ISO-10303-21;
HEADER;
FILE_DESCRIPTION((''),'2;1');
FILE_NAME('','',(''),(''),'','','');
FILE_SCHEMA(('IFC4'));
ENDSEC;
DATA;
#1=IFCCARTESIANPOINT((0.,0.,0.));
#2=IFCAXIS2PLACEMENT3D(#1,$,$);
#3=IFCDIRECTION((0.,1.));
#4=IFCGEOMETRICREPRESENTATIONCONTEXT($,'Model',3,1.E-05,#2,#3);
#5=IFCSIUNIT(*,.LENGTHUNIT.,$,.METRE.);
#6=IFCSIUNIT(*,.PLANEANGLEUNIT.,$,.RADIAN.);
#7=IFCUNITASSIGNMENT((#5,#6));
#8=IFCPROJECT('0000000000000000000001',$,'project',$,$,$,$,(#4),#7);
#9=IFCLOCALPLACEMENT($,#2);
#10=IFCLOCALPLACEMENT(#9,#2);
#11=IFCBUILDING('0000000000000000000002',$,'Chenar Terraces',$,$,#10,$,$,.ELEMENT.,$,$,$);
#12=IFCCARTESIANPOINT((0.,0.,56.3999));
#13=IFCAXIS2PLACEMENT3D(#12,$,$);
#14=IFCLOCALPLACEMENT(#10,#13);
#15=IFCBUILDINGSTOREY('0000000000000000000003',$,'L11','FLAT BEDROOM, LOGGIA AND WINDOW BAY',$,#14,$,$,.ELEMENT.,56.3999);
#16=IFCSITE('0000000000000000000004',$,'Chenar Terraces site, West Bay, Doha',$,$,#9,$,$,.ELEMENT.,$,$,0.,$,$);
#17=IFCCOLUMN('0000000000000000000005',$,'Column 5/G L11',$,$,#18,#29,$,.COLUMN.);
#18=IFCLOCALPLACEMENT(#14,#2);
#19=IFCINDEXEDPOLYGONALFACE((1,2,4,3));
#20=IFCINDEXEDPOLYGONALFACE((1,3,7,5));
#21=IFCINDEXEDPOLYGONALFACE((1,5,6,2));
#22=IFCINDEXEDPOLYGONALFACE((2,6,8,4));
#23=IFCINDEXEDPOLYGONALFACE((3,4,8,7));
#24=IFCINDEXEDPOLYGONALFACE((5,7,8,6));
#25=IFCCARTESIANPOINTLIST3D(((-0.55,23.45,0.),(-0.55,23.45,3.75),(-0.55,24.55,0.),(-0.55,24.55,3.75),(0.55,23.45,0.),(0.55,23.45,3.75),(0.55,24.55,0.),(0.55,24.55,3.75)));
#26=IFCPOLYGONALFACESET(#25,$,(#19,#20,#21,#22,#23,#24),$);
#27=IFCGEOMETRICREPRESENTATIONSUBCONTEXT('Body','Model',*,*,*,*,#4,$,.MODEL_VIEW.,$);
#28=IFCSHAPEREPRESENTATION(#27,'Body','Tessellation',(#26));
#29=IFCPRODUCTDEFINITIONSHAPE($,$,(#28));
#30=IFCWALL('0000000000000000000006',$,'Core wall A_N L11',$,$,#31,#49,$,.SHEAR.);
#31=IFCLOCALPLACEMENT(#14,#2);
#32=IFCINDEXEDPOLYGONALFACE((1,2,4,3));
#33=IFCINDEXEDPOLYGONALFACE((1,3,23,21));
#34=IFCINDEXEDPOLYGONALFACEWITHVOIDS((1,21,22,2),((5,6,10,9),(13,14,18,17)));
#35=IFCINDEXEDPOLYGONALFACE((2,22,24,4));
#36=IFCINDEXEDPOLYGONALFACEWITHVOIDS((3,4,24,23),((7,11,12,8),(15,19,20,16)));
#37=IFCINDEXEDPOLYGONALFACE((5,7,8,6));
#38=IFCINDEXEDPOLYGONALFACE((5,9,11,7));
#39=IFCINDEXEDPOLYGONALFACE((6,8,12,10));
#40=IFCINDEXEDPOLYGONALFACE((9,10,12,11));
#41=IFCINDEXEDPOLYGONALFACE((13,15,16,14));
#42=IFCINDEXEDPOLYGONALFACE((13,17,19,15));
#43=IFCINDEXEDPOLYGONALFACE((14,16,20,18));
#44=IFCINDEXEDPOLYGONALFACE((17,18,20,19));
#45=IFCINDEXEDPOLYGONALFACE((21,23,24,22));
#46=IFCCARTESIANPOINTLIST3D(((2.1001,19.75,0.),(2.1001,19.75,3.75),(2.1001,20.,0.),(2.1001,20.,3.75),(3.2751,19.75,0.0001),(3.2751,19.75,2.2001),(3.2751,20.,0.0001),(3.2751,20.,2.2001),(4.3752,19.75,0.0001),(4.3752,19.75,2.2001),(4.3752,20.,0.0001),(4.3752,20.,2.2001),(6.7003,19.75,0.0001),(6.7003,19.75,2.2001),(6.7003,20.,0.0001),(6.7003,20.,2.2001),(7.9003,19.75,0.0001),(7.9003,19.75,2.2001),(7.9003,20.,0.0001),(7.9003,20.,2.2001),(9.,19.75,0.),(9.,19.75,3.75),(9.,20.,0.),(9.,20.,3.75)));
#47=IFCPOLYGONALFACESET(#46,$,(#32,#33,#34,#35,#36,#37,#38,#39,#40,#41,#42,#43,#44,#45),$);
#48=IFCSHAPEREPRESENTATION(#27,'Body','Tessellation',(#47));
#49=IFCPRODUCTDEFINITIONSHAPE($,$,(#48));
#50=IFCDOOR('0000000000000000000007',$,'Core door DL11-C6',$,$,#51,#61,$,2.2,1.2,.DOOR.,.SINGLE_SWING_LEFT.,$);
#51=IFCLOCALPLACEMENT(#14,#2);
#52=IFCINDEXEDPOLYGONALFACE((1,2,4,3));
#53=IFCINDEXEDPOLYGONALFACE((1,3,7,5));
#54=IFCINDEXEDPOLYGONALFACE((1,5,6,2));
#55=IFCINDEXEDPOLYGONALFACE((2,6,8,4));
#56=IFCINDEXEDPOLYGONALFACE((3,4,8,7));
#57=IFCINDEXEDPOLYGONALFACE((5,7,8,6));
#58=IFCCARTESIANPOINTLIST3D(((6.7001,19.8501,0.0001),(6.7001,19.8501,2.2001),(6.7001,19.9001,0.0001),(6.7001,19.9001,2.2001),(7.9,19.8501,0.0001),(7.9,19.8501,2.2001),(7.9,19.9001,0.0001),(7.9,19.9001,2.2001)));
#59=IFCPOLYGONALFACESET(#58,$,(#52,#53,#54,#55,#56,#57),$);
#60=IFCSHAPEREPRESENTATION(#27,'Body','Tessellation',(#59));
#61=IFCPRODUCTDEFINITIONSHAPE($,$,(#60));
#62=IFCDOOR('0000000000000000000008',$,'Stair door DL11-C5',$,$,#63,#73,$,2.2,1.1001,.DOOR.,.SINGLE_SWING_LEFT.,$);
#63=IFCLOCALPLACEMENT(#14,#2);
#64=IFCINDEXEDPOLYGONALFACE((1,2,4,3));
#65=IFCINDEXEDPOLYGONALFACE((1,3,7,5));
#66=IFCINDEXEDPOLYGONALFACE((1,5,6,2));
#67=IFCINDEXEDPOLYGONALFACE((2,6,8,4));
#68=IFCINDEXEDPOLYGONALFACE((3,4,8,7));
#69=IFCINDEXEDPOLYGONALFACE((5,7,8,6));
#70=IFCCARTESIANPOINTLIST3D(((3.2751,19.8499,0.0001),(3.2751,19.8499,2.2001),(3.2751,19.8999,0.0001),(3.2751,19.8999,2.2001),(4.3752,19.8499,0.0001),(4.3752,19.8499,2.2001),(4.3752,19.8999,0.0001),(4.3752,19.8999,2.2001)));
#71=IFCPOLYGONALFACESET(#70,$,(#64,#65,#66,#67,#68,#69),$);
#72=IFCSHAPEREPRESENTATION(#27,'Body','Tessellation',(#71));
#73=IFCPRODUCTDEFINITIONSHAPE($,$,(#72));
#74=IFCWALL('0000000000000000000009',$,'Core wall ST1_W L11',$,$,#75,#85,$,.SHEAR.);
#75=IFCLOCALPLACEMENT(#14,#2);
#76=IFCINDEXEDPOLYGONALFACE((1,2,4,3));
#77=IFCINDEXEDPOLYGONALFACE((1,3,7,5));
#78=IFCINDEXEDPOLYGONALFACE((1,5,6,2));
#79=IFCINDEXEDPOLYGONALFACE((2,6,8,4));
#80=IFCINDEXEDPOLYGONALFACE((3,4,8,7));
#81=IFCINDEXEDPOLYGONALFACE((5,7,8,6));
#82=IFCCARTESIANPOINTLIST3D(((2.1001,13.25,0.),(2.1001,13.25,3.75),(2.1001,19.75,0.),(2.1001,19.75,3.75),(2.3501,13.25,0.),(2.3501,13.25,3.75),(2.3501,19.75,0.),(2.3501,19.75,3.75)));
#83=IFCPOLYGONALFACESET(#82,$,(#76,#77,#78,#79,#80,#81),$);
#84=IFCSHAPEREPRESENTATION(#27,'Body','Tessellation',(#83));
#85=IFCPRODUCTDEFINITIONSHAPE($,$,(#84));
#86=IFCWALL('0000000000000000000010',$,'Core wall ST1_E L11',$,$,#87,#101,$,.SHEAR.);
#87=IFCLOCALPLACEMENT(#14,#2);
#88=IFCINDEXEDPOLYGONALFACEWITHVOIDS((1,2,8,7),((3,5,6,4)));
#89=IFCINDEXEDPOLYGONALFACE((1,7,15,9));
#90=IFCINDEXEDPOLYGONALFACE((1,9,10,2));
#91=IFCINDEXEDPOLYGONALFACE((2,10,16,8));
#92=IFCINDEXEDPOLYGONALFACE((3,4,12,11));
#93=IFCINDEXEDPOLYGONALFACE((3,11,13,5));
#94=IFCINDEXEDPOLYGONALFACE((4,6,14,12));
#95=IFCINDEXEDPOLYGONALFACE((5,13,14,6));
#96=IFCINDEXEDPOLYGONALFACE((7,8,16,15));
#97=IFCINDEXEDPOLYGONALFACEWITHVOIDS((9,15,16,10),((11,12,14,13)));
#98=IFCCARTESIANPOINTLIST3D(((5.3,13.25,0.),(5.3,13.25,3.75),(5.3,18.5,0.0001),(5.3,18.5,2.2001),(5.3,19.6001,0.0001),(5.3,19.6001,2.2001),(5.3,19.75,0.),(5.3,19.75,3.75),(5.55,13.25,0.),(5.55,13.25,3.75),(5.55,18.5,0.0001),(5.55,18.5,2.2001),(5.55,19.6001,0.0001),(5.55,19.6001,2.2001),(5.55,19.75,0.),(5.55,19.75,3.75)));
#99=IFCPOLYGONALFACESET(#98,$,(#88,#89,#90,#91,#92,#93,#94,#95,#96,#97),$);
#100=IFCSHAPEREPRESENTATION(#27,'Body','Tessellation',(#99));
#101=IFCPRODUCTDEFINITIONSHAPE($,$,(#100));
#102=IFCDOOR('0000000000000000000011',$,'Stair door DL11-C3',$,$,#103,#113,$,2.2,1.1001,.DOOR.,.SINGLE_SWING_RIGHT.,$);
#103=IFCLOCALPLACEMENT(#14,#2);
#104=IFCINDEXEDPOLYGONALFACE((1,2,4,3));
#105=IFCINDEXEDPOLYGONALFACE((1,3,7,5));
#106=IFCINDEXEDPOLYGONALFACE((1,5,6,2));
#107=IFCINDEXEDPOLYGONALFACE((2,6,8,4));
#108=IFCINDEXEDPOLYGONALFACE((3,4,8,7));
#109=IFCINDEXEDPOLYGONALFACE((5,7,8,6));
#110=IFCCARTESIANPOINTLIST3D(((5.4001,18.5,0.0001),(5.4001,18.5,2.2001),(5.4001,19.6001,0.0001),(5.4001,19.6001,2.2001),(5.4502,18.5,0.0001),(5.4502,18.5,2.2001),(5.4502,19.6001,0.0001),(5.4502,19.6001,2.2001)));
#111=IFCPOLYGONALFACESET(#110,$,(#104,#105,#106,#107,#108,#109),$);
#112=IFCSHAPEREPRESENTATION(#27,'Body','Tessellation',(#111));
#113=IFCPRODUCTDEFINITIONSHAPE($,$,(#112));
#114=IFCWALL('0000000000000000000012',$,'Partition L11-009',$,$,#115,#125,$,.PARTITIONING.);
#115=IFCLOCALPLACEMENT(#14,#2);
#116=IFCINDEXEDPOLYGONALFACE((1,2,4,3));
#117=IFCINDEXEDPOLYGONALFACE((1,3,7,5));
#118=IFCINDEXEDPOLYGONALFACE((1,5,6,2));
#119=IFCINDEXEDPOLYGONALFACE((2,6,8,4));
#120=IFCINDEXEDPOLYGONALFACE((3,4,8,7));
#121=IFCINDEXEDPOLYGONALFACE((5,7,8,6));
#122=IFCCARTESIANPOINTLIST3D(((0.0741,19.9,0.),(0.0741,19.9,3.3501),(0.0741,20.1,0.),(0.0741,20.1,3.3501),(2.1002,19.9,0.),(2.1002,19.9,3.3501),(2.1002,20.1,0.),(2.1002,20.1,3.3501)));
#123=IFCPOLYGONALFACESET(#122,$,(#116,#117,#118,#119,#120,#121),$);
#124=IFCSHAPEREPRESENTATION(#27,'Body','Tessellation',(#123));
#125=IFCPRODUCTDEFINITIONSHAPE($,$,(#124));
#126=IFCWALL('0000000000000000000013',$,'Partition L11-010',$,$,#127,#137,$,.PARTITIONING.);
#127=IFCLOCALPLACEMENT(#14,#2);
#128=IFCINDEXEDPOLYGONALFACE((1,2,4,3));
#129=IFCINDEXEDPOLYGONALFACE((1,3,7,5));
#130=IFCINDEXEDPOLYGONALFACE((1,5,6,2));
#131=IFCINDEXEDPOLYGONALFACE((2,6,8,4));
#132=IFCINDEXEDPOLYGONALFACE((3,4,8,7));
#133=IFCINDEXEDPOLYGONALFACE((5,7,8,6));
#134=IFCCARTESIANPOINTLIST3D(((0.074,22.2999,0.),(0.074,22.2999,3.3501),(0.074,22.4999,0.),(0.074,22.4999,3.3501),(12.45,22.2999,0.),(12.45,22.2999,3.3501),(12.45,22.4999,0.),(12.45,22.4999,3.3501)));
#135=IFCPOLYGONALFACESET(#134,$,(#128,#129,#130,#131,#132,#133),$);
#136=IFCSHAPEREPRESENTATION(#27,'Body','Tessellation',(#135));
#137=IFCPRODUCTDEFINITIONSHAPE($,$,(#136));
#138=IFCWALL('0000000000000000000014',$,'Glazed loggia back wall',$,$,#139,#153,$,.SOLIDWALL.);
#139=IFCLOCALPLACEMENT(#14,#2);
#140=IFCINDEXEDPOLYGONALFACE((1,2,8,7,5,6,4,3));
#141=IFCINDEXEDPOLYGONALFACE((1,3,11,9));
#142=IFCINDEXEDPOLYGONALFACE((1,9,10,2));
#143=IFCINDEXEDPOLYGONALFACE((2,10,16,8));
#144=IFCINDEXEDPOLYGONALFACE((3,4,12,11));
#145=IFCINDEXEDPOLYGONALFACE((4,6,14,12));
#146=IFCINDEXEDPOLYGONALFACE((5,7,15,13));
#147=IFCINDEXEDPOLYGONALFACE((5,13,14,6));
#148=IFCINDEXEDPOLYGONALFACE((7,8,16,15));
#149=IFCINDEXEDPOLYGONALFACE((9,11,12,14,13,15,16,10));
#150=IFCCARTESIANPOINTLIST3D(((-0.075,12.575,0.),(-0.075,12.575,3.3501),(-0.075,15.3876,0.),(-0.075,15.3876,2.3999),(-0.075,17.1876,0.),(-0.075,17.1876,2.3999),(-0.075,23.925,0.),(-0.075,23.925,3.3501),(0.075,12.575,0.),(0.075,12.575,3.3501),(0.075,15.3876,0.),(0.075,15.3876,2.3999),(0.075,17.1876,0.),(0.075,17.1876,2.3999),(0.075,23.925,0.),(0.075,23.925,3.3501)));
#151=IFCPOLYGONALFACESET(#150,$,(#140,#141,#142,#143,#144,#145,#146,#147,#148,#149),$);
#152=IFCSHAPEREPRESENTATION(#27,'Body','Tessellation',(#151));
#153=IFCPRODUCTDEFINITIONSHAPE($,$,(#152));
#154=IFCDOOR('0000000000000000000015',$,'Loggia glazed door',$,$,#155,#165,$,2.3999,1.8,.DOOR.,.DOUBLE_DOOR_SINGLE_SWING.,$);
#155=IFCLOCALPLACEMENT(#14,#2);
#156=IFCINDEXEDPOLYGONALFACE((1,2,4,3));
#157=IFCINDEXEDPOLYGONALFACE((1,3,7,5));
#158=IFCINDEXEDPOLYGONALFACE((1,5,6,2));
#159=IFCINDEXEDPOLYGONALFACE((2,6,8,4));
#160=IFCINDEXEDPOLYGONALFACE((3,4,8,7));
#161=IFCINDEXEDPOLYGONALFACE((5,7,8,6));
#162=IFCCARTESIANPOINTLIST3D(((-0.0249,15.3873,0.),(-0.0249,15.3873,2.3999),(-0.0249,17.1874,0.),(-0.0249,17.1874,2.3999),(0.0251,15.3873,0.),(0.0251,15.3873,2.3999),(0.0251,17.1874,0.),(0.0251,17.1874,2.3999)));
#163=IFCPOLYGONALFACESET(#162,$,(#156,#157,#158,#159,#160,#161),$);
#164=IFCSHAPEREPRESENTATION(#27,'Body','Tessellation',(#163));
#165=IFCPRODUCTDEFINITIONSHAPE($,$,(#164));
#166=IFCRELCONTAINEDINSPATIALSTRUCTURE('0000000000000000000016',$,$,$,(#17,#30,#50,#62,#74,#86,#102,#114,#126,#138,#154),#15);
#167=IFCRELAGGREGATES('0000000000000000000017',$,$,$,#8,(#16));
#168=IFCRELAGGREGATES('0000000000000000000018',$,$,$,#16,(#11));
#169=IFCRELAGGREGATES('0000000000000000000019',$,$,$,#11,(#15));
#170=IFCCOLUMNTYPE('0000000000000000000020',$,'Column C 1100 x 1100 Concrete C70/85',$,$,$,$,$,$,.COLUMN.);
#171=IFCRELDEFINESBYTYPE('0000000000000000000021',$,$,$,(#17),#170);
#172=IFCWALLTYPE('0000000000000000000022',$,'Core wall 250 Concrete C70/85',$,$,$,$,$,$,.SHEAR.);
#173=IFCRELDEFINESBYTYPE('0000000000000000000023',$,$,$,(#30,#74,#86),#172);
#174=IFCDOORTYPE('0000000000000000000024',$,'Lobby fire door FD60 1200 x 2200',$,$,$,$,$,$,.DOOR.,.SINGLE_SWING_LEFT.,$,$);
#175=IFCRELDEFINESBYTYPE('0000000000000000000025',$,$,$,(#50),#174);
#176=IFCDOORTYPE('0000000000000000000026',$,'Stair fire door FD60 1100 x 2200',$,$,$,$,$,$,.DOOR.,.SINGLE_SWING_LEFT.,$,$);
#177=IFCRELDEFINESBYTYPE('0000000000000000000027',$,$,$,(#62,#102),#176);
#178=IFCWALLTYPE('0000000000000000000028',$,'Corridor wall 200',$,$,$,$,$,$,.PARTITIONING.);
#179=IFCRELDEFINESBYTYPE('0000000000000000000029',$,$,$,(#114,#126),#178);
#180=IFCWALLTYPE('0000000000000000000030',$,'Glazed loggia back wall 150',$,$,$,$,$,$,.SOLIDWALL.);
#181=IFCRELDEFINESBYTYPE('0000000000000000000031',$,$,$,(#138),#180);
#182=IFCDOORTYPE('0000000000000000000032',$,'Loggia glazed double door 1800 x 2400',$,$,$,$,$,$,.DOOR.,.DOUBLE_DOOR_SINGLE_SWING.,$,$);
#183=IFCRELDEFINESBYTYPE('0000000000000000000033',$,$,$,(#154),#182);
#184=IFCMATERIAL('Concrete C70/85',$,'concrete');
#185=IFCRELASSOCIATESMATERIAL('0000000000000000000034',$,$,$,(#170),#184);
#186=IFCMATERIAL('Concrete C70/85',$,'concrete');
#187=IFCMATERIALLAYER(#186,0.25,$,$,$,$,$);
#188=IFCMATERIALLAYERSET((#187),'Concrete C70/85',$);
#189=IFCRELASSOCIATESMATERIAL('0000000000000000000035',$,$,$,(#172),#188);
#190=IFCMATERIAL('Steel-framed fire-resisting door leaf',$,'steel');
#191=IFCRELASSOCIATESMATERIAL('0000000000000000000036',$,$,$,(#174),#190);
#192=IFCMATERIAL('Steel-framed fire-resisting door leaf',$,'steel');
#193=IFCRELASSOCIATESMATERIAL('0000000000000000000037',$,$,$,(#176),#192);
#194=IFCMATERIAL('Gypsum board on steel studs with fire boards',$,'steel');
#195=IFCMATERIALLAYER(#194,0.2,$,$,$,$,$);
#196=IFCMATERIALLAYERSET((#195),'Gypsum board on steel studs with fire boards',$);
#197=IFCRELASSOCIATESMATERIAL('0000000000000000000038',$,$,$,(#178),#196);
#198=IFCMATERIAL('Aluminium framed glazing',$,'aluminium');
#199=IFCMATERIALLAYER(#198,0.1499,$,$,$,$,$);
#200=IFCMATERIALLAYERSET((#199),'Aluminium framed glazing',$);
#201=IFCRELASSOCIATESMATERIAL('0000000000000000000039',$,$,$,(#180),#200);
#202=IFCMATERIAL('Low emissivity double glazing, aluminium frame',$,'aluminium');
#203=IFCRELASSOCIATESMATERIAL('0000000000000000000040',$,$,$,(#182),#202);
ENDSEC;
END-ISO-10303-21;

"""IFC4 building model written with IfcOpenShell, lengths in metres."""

from ifc_helpers import new_model, si_unit, direction, frame, frame_2d, origin, origin_2d, place, context, subcontext, project, spatial, rectangle, extrude, material, layer, layer_set, material_profile, profile_set, type_object, element, fill, save


model = new_model("IFC4")

# Units and contexts
model_context = context("Model", 3, precision=1e-05, world=origin(), true_north=direction((0.0, 1.0)))
body_context = subcontext(model_context, "Body", "Model", "MODEL_VIEW")
ifc_project = project(units=[si_unit("LENGTHUNIT", "METRE"), si_unit("PLANEANGLEUNIT", "RADIAN")], contexts=[model_context])

# Site, building, storey
site_placement = place(None, origin())
site = spatial("IfcSite", under=ifc_project, at=site_placement, Name="Chenar Terraces site, West Bay, Doha", CompositionType="ELEMENT", RefElevation=0.0)
building_placement = place(site_placement, origin())
building = spatial("IfcBuilding", under=site, at=building_placement, Name="Chenar Terraces", CompositionType="ELEMENT")
storey_placement = place(building_placement, frame((0.0, 0.0, 56.3999)))
storey = spatial("IfcBuildingStorey", under=building, at=storey_placement, Name="L11", Description="FLAT BEDROOM, LOGGIA AND WINDOW BAY", CompositionType="ELEMENT", Elevation=56.3999)

# Column
ifc_material_1 = material(Name="Concrete C70/85", Category="concrete")
ifc_material_profile_1 = material_profile(ifc_material_1, rectangle(XDim=1.1001, YDim=1.1001, at=origin_2d()), Name="C 1100 x 1100")
ifc_profile_set_1 = profile_set([ifc_material_profile_1], Name="Concrete C70/85")
column_type = type_object("IfcColumnType", Name="Column C 1100 x 1100 Concrete C70/85", PredefinedType="COLUMN", material=ifc_profile_set_1)
column_placement = place(storey_placement, frame((0.0, 24.0, 0.0), z_axis=(0.0, 0.0, 1.0), x_axis=(1.0, 0.0, 0.0)))
element("IfcColumn", 1, at=column_placement, inside=storey, type_object=column_type, Name="Column 5/G L11", PredefinedType="COLUMN", context=body_context, shape_type="SweptSolid", body=[
    extrude(rectangle(XDim=1.1001, YDim=1.1001, at=origin_2d()), origin(), (0.0, 0.0, 1.0), 3.75),
])

# Wall, openings, doors
ifc_material_2 = material(Name="Concrete C70/85", Category="concrete")
ifc_layer_1 = layer(ifc_material_2, 0.25)
ifc_layer_set_1 = layer_set([ifc_layer_1], Name="Concrete C70/85")
wall_type_1 = type_object("IfcWallType", Name="Core wall 250 Concrete C70/85", PredefinedType="SHEAR", material=ifc_layer_set_1)
wall_1_placement = place(storey_placement, frame((2.1001, 19.875, 0.0), z_axis=(0.0, 0.0, 1.0), x_axis=(1.0, 0.0, 0.0)))
wall_1 = element("IfcWall", 2, at=wall_1_placement, inside=storey, type_object=wall_type_1, Name="Core wall A_N L11", PredefinedType="SHEAR", context=body_context, shape_type="SweptSolid", body=[
    extrude(rectangle(XDim=6.8999, YDim=0.25, at=frame_2d((3.45, 0.0))), origin(), (0.0, 0.0, 1.0), 3.75),
])
opening_1_placement = place(wall_1_placement, frame((1.175, 0.0, 0.0)))
opening_1 = element("IfcOpeningElement", 3, at=opening_1_placement, cuts=wall_1, PredefinedType="OPENING", context=body_context, shape_type="SweptSolid", body=[
    extrude(rectangle(XDim=1.1001, YDim=2.2, at=frame_2d((0.55, 1.1001))), frame((0.0, 0.135, 0.0), z_axis=(0.0, -1.0, 0.0), x_axis=(1.0, 0.0, 0.0)), (0.0, 0.0, 1.0), 0.27),
])
opening_2_placement = place(wall_1_placement, frame((4.6001, 0.0, 0.0)))
opening_2 = element("IfcOpeningElement", 4, at=opening_2_placement, cuts=wall_1, PredefinedType="OPENING", context=body_context, shape_type="SweptSolid", body=[
    extrude(rectangle(XDim=1.2, YDim=2.2, at=frame_2d((0.6001, 1.1001))), frame((0.0, 0.135, 0.0), z_axis=(0.0, -1.0, 0.0), x_axis=(1.0, 0.0, 0.0)), (0.0, 0.0, 1.0), 0.27),
])
ifc_material_3 = material(Name="Steel-framed fire-resisting door leaf", Category="steel")
door_type_1 = type_object("IfcDoorType", Name="Lobby fire door FD60 1200 x 2200", OperationType="SINGLE_SWING_LEFT", PredefinedType="DOOR", material=ifc_material_3)
door_1_placement = place(opening_2_placement, frame((1.2, 0.0, 0.0), z_axis=(0.0, 0.0, 1.0), x_axis=(-1.0, 0.0, 0.0)))
door_1 = element("IfcDoor", 5, at=door_1_placement, inside=storey, type_object=door_type_1, Name="Core door DL11-C6", OperationType="SINGLE_SWING_LEFT", OverallHeight=2.2, OverallWidth=1.2, PredefinedType="DOOR", context=body_context, shape_type="SweptSolid", body=[
    extrude(rectangle(XDim=1.2, YDim=2.2, at=frame_2d((0.6001, 1.1001))), frame((0.0, 0.0249, 0.0), z_axis=(0.0, -1.0, 0.0), x_axis=(1.0, 0.0, 0.0)), (0.0, 0.0, 1.0), 0.05),
])
fill(opening_2, door_1)
ifc_material_4 = material(Name="Steel-framed fire-resisting door leaf", Category="steel")
door_type_2 = type_object("IfcDoorType", Name="Stair fire door FD60 1100 x 2200", OperationType="SINGLE_SWING_LEFT", PredefinedType="DOOR", material=ifc_material_4)
door_2_placement = place(opening_1_placement, origin())
door_2 = element("IfcDoor", 6, at=door_2_placement, inside=storey, type_object=door_type_2, Name="Stair door DL11-C5", OperationType="SINGLE_SWING_LEFT", OverallHeight=2.2, OverallWidth=1.1001, PredefinedType="DOOR", context=body_context, shape_type="SweptSolid", body=[
    extrude(rectangle(XDim=1.1001, YDim=2.2, at=frame_2d((0.55, 1.1001))), frame((0.0, 0.0249, 0.0), z_axis=(0.0, -1.0, 0.0), x_axis=(1.0, 0.0, 0.0)), (0.0, 0.0, 1.0), 0.05),
])
fill(opening_1, door_2)

# Wall
wall_2_placement = place(storey_placement, frame((2.2251, 13.25, 0.0), z_axis=(0.0, 0.0, 1.0), x_axis=(0.0, 1.0, 0.0)))
element("IfcWall", 7, at=wall_2_placement, inside=storey, type_object=wall_type_1, Name="Core wall ST1_W L11", PredefinedType="SHEAR", context=body_context, shape_type="SweptSolid", body=[
    extrude(rectangle(XDim=6.5, YDim=0.25, at=frame_2d((3.25, 0.0))), origin(), (0.0, 0.0, 1.0), 3.75),
])

# Wall, opening, door
wall_3_placement = place(storey_placement, frame((5.425, 13.25, 0.0), z_axis=(0.0, 0.0, 1.0), x_axis=(0.0, 1.0, 0.0)))
wall_3 = element("IfcWall", 8, at=wall_3_placement, inside=storey, type_object=wall_type_1, Name="Core wall ST1_E L11", PredefinedType="SHEAR", context=body_context, shape_type="SweptSolid", body=[
    extrude(rectangle(XDim=6.5, YDim=0.25, at=frame_2d((3.25, 0.0))), origin(), (0.0, 0.0, 1.0), 3.75),
])
opening_3_placement = place(wall_3_placement, frame((5.25, 0.0, 0.0)))
opening_3 = element("IfcOpeningElement", 9, at=opening_3_placement, cuts=wall_3, PredefinedType="OPENING", context=body_context, shape_type="SweptSolid", body=[
    extrude(rectangle(XDim=1.1001, YDim=2.2, at=frame_2d((0.55, 1.1001))), frame((0.0, 0.135, 0.0), z_axis=(0.0, -1.0, 0.0), x_axis=(1.0, 0.0, 0.0)), (0.0, 0.0, 1.0), 0.27),
])
door_3_placement = place(opening_3_placement, origin())
door_3 = element("IfcDoor", 10, at=door_3_placement, inside=storey, type_object=door_type_2, Name="Stair door DL11-C3", OperationType="SINGLE_SWING_RIGHT", OverallHeight=2.2, OverallWidth=1.1001, PredefinedType="DOOR", context=body_context, shape_type="SweptSolid", body=[
    extrude(rectangle(XDim=1.1001, YDim=2.2, at=frame_2d((0.55, 1.1001))), frame((0.0, 0.0249, 0.0), z_axis=(0.0, -1.0, 0.0), x_axis=(1.0, 0.0, 0.0)), (0.0, 0.0, 1.0), 0.05),
])
fill(opening_3, door_3)

# Walls
ifc_material_5 = material(Name="Gypsum board on steel studs with fire boards", Category="steel")
ifc_layer_2 = layer(ifc_material_5, 0.2)
ifc_layer_set_2 = layer_set([ifc_layer_2], Name="Gypsum board on steel studs with fire boards")
wall_type_2 = type_object("IfcWallType", Name="Corridor wall 200", PredefinedType="PARTITIONING", material=ifc_layer_set_2)
wall_4_placement = place(storey_placement, frame((0.074, 20.0, 0.0), z_axis=(0.0, 0.0, 1.0), x_axis=(1.0, 0.0, 0.0)))
element("IfcWall", 11, at=wall_4_placement, inside=storey, type_object=wall_type_2, Name="Partition L11-009", PredefinedType="PARTITIONING", context=body_context, shape_type="SweptSolid", body=[
    extrude(rectangle(XDim=2.0261, YDim=0.2, at=frame_2d((1.0132, 0.0))), origin(), (0.0, 0.0, 1.0), 3.3501),
])
wall_5_placement = place(storey_placement, frame((0.074, 22.3999, 0.0), z_axis=(0.0, 0.0, 1.0), x_axis=(1.0, 0.0, 0.0)))
element("IfcWall", 12, at=wall_5_placement, inside=storey, type_object=wall_type_2, Name="Partition L11-010", PredefinedType="PARTITIONING", context=body_context, shape_type="SweptSolid", body=[
    extrude(rectangle(XDim=12.376, YDim=0.2, at=frame_2d((6.188, 0.0))), origin(), (0.0, 0.0, 1.0), 3.3501),
])

# Wall, opening, door
ifc_material_6 = material(Name="Aluminium framed glazing", Category="aluminium")
ifc_layer_3 = layer(ifc_material_6, 0.1499)
ifc_layer_set_3 = layer_set([ifc_layer_3], Name="Aluminium framed glazing")
wall_type_3 = type_object("IfcWallType", Name="Glazed loggia back wall 150", PredefinedType="SOLIDWALL", material=ifc_layer_set_3)
wall_6_placement = place(storey_placement, frame((0.0, 23.925, 0.0), z_axis=(0.0, 0.0, 1.0), x_axis=(0.0, -1.0, 0.0)))
wall_6 = element("IfcWall", 13, at=wall_6_placement, inside=storey, type_object=wall_type_3, Name="Glazed loggia back wall", PredefinedType="SOLIDWALL", context=body_context, shape_type="SweptSolid", body=[
    extrude(rectangle(XDim=11.3501, YDim=0.1499, at=frame_2d((5.675, 0.0))), origin(), (0.0, 0.0, 1.0), 3.3501),
])
opening_4_placement = place(wall_6_placement, frame((6.7375, 0.0, 0.0)))
opening_4 = element("IfcOpeningElement", 14, at=opening_4_placement, cuts=wall_6, PredefinedType="OPENING", context=body_context, shape_type="SweptSolid", body=[
    extrude(rectangle(XDim=1.8, YDim=2.3999, at=frame_2d((0.8999, 1.2))), frame((0.0, 0.085, 0.0), z_axis=(0.0, -1.0, 0.0), x_axis=(1.0, 0.0, 0.0)), (0.0, 0.0, 1.0), 0.1699),
])
ifc_material_7 = material(Name="Low emissivity double glazing, aluminium frame", Category="aluminium")
door_type_3 = type_object("IfcDoorType", Name="Loggia glazed double door 1800 x 2400", OperationType="DOUBLE_DOOR_SINGLE_SWING", PredefinedType="DOOR", material=ifc_material_7)
door_4_placement = place(opening_4_placement, frame((1.8, 0.0, 0.0), z_axis=(0.0, 0.0, 1.0), x_axis=(-1.0, 0.0, 0.0)))
door_4 = element("IfcDoor", 15, at=door_4_placement, inside=storey, type_object=door_type_3, Name="Loggia glazed door", OperationType="DOUBLE_DOOR_SINGLE_SWING", OverallHeight=2.3999, OverallWidth=1.8, PredefinedType="DOOR", context=body_context, shape_type="SweptSolid", body=[
    extrude(rectangle(XDim=1.8, YDim=2.3999, at=frame_2d((0.8999, 1.2))), frame((0.0, 0.0249, 0.0), z_axis=(0.0, -1.0, 0.0), x_axis=(1.0, 0.0, 0.0)), (0.0, 0.0, 1.0), 0.05),
])
fill(opening_4, door_4)

save(model, "model.ifc")
